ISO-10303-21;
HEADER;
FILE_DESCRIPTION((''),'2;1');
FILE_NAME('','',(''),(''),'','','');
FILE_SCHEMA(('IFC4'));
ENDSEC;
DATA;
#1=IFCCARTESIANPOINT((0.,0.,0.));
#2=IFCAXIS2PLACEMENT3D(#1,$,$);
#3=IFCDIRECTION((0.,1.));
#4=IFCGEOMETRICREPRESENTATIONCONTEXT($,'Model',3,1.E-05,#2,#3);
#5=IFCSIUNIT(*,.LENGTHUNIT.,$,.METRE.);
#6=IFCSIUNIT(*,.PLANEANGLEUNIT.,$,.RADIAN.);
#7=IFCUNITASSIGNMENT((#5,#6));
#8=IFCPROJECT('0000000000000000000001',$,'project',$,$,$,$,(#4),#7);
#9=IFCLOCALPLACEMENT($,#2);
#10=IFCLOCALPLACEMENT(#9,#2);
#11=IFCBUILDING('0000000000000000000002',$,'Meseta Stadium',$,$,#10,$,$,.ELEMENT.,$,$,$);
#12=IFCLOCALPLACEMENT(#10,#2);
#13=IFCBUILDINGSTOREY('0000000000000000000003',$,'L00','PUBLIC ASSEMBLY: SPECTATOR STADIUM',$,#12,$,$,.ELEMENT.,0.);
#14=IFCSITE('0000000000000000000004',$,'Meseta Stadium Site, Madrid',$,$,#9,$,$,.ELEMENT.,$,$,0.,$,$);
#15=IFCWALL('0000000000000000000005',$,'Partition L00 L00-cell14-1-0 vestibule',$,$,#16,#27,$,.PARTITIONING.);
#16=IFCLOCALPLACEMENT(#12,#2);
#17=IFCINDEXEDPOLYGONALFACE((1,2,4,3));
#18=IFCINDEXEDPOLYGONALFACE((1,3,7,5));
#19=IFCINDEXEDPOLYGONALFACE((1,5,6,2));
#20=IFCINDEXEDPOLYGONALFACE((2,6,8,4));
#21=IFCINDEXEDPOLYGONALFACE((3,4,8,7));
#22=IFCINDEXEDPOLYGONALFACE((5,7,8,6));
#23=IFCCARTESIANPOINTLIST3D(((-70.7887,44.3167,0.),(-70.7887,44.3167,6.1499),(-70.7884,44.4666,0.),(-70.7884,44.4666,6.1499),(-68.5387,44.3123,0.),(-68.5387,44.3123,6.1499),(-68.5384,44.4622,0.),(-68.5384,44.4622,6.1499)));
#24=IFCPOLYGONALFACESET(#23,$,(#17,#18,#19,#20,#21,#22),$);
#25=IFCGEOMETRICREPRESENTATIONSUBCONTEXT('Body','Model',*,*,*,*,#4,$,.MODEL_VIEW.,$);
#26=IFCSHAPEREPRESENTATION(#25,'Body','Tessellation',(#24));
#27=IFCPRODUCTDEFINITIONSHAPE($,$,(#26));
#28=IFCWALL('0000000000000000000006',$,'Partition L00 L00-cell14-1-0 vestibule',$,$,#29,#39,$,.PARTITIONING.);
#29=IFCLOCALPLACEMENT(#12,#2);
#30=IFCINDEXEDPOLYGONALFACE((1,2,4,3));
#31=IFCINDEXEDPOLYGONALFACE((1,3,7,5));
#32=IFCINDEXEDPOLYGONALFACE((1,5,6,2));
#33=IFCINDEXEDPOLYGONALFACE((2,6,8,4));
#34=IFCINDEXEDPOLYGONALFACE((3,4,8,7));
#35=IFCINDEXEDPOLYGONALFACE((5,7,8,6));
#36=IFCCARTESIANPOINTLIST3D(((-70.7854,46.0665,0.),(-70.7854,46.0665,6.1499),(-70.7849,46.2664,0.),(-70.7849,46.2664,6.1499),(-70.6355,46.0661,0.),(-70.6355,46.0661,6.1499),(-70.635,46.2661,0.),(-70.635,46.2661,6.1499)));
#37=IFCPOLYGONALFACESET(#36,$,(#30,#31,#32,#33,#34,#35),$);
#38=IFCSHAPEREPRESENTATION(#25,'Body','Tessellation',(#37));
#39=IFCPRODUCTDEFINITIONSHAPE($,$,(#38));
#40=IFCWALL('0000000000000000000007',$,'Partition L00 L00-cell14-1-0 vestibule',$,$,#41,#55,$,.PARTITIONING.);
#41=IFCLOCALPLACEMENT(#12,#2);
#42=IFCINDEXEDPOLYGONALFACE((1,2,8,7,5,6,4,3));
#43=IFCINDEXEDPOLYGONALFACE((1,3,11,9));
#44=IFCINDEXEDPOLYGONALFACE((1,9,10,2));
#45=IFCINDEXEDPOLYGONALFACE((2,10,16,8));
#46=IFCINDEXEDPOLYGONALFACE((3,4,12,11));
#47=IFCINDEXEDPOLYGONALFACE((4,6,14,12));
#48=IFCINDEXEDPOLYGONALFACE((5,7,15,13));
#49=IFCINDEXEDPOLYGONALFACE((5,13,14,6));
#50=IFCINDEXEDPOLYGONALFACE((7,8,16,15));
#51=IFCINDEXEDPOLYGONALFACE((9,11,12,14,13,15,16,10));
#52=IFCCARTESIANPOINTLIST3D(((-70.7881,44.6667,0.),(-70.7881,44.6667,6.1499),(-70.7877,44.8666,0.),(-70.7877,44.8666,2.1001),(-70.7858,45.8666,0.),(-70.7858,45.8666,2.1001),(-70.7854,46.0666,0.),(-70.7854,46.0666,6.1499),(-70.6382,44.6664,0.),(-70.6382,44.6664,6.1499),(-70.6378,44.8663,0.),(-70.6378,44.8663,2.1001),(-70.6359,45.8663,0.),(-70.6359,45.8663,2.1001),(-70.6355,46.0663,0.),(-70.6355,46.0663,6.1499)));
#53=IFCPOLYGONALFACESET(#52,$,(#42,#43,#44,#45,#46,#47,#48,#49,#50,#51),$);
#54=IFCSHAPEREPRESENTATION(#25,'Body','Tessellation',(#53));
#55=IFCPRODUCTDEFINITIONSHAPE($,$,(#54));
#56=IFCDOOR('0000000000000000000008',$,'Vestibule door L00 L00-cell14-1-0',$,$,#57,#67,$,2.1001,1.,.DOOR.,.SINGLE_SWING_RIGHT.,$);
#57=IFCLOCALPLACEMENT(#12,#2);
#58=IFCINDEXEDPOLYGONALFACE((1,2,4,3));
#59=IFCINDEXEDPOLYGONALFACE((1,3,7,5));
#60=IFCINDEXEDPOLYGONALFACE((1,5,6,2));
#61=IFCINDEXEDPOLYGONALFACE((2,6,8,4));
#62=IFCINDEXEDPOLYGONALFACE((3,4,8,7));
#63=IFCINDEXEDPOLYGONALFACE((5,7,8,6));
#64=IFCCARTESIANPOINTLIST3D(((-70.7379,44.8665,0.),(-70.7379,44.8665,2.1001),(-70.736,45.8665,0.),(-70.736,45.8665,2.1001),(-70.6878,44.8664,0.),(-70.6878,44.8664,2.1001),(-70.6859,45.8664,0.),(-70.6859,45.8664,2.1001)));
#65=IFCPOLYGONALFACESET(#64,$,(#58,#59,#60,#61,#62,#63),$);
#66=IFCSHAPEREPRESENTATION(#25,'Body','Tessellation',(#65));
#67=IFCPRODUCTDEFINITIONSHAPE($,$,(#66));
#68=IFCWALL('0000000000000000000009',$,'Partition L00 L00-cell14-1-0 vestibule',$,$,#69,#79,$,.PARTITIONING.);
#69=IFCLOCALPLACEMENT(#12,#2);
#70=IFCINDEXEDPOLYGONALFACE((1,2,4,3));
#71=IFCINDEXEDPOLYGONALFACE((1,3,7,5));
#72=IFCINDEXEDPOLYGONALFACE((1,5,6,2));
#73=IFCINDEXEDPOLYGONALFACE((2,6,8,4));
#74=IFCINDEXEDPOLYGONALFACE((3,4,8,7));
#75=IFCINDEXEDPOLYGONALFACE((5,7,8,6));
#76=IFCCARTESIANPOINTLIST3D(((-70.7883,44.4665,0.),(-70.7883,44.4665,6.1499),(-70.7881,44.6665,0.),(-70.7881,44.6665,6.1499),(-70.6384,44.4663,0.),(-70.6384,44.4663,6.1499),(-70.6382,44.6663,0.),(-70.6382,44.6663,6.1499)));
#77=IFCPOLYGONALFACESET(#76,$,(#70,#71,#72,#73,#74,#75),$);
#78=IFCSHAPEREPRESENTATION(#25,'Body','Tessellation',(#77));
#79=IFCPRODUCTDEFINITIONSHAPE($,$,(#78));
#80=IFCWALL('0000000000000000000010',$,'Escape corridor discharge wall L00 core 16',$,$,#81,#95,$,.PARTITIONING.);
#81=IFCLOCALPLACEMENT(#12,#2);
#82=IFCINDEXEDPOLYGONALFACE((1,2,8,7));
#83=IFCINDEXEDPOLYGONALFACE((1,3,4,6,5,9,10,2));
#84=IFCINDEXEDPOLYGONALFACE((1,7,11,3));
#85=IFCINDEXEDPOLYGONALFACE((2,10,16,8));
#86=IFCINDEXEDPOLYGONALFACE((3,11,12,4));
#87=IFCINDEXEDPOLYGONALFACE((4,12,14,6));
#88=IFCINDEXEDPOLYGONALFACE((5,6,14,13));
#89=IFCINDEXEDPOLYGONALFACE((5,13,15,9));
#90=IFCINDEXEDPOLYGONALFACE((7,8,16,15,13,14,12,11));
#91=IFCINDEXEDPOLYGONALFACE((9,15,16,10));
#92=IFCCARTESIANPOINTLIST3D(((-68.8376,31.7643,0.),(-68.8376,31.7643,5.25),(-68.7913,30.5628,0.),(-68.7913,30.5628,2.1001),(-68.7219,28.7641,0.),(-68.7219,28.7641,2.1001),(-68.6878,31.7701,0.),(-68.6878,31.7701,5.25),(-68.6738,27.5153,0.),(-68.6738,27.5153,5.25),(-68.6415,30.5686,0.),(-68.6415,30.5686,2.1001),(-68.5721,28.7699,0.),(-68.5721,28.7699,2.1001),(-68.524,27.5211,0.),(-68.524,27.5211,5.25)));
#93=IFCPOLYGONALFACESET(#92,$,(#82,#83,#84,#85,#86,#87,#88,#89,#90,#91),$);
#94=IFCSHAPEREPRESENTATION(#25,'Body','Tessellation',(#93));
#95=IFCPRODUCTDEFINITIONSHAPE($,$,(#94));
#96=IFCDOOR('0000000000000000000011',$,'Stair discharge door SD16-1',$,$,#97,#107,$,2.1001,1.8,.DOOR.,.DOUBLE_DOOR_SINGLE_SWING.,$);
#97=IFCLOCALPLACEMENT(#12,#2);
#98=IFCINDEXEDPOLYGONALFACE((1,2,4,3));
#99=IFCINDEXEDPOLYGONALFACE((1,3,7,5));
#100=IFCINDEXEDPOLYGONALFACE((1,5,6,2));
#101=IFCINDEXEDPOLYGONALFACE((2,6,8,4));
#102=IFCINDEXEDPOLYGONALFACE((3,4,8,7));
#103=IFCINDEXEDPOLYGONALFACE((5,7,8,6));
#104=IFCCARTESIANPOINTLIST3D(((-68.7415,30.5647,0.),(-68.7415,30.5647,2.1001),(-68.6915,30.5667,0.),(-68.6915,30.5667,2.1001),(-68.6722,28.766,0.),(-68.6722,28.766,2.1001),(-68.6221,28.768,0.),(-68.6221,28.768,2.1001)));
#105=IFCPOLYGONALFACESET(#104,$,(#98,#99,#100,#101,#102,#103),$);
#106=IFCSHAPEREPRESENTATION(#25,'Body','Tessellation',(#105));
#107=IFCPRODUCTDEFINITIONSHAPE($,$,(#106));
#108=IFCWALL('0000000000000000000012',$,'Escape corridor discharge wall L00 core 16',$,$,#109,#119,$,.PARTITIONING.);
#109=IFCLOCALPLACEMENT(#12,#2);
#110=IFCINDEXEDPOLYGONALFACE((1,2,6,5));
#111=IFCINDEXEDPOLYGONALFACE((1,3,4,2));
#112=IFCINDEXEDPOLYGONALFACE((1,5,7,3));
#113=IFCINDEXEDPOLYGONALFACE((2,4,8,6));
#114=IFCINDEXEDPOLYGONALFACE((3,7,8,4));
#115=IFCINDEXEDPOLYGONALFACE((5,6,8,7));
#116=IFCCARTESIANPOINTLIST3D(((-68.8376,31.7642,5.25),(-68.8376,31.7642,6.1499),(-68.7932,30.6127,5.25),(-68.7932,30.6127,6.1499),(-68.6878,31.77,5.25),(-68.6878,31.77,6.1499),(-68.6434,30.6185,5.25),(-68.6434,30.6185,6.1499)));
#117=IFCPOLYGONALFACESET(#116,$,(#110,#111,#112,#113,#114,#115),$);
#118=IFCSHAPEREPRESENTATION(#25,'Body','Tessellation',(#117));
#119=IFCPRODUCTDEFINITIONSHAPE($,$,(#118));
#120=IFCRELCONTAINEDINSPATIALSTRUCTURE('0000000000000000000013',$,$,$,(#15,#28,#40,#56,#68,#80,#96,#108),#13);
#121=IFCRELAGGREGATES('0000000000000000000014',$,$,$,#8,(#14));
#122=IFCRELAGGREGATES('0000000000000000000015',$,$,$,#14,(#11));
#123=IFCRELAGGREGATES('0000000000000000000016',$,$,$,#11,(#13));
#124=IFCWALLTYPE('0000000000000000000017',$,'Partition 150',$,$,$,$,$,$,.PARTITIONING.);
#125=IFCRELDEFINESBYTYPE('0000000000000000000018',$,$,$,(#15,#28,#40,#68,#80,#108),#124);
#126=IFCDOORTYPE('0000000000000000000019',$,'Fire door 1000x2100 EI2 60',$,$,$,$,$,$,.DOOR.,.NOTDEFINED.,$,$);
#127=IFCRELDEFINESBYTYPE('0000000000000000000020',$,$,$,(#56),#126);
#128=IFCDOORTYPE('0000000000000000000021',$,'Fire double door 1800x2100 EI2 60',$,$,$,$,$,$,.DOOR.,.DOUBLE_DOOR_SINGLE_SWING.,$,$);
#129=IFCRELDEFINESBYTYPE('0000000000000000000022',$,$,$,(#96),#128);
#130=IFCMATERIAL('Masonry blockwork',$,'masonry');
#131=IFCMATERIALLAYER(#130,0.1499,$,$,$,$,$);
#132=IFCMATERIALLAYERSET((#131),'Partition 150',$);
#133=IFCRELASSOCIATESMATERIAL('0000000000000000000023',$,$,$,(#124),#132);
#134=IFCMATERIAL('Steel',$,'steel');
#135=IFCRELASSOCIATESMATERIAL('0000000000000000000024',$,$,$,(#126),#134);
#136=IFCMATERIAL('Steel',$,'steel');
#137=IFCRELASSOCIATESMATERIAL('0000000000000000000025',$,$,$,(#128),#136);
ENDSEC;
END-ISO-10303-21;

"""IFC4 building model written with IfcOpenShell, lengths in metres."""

from ifc_helpers import new_model, si_unit, direction, frame, frame_2d, origin, place, context, subcontext, project, spatial, rectangle, extrude, material, layer, layer_set, type_object, element, fill, save


model = new_model("IFC4")

# Units and contexts
model_context = context("Model", 3, precision=1e-05, world=origin(), true_north=direction((0.0, 1.0)))
body_context = subcontext(model_context, "Body", "Model", "MODEL_VIEW")
ifc_project = project(units=[si_unit("LENGTHUNIT", "METRE"), si_unit("PLANEANGLEUNIT", "RADIAN")], contexts=[model_context])

# Site, building, storey
site_placement = place(None, origin())
site = spatial("IfcSite", under=ifc_project, at=site_placement, Name="Meseta Stadium Site, Madrid", CompositionType="ELEMENT", RefElevation=0.0)
building_placement = place(site_placement, origin())
building = spatial("IfcBuilding", under=site, at=building_placement, Name="Meseta Stadium", CompositionType="ELEMENT")
storey_placement = place(building_placement, origin())
storey = spatial("IfcBuildingStorey", under=building, at=storey_placement, Name="L00", Description="PUBLIC ASSEMBLY: SPECTATOR STADIUM", CompositionType="ELEMENT", Elevation=0.0)

# Shared definitions
ifc_material_1 = material(Name="Masonry blockwork", Category="masonry")
ifc_layer = layer(ifc_material_1, 0.1499)
ifc_layer_set = layer_set([ifc_layer], Name="Partition 150")
wall_type = type_object("IfcWallType", Name="Partition 150", PredefinedType="PARTITIONING", material=ifc_layer_set)

# Shared definitions
ifc_material_2 = material(Name="Steel", Category="steel")
door_type_1 = type_object("IfcDoorType", Name="Fire door 1000x2100 EI2 60", OperationType="NOTDEFINED", PredefinedType="DOOR", material=ifc_material_2)

# Walls
for number, where, z_axis, x_axis, name in (
    (1, (-68.5386, 44.3872, 0.0), (0.0, 0.0, 1.0), (-0.999998, 0.001953, 0.0), "Partition L00 L00-cell14-1-0 vestibule"),
):
    element("IfcWall", number, at=place(storey_placement, frame(where, z_axis=z_axis, x_axis=x_axis)), inside=storey, type_object=wall_type, Name=name, PredefinedType="PARTITIONING", context=body_context, shape_type="SweptSolid", body=[
        extrude(rectangle(XDim=2.25, YDim=0.1499, at=frame_2d((1.125, 0.0))), origin(), (0.0, 0.0, 1.0), 6.1499),
    ])
wall_1_placement = place(storey_placement, frame((-70.71, 46.2664, 0.0), z_axis=(0.0, 0.0, 1.0), x_axis=(-0.002442, -0.999997, 0.0)))
element("IfcWall", 2, at=wall_1_placement, inside=storey, type_object=wall_type, Name="Partition L00 L00-cell14-1-0 vestibule", PredefinedType="PARTITIONING", context=body_context, shape_type="SweptSolid", body=[
    extrude(rectangle(XDim=0.2, YDim=0.1499, at=frame_2d((0.1001, 0.0))), origin(), (0.0, 0.0, 1.0), 6.1499),
])

# Wall, opening, door
wall_2_placement = place(storey_placement, frame((-70.7104, 46.0664, 0.0), z_axis=(0.0, 0.0, 1.0), x_axis=(-0.001918, -0.999998, 0.0)))
wall_2 = element("IfcWall", 3, at=wall_2_placement, inside=storey, type_object=wall_type, Name="Partition L00 L00-cell14-1-0 vestibule", PredefinedType="PARTITIONING", context=body_context, shape_type="SweptSolid", body=[
    extrude(rectangle(XDim=1.3999, YDim=0.1499, at=frame_2d((0.7, 0.0))), origin(), (0.0, 0.0, 1.0), 6.1499),
])
opening_1_placement = place(wall_2_placement, frame((0.2, 0.0, 0.0)))
opening_1 = element("IfcOpeningElement", 4, at=opening_1_placement, cuts=wall_2, PredefinedType="OPENING", context=body_context, shape_type="SweptSolid", body=[
    extrude(rectangle(XDim=1.0, YDim=2.1001, at=frame_2d((0.5, 1.05))), frame((0.0, 0.085, 0.0), z_axis=(0.0, -1.0, 0.0), x_axis=(1.0, 0.0, 0.0)), (0.0, 0.0, 1.0), 0.1699),
])
door_1_placement = place(opening_1_placement, origin())
door_1 = element("IfcDoor", 5, at=door_1_placement, inside=storey, type_object=door_type_1, Name="Vestibule door L00 L00-cell14-1-0", OperationType="SINGLE_SWING_RIGHT", OverallHeight=2.1001, OverallWidth=1.0, PredefinedType="DOOR", context=body_context, shape_type="SweptSolid", body=[
    extrude(rectangle(XDim=1.0, YDim=2.1001, at=frame_2d((0.5, 1.05))), frame((0.0, 0.0249, 0.0), z_axis=(0.0, -1.0, 0.0), x_axis=(1.0, 0.0, 0.0)), (0.0, 0.0, 1.0), 0.05),
])
fill(opening_1, door_1)

# Wall
wall_3_placement = place(storey_placement, frame((-70.7131, 44.6665, 0.0), z_axis=(0.0, 0.0, 1.0), x_axis=(-0.001221, -0.999999, 0.0)))
element("IfcWall", 6, at=wall_3_placement, inside=storey, type_object=wall_type, Name="Partition L00 L00-cell14-1-0 vestibule", PredefinedType="PARTITIONING", context=body_context, shape_type="SweptSolid", body=[
    extrude(rectangle(XDim=0.2, YDim=0.1499, at=frame_2d((0.1001, 0.0))), origin(), (0.0, 0.0, 1.0), 6.1499),
])

# Wall, opening, door
wall_4_placement = place(storey_placement, frame((-68.7627, 31.7671, 0.0), z_axis=(0.0, 0.0, 1.0), x_axis=(0.038526, -0.999258, 0.0)))
wall_4 = element("IfcWall", 7, at=wall_4_placement, inside=storey, type_object=wall_type, Name="Escape corridor discharge wall L00 core 16", PredefinedType="PARTITIONING", context=body_context, shape_type="SweptSolid", body=[
    extrude(rectangle(XDim=4.2522, YDim=0.1499, at=frame_2d((2.126, 0.0))), origin(), (0.0, 0.0, 1.0), 5.25),
])
opening_2_placement = place(wall_4_placement, frame((1.2024, 0.0, 0.0)))
opening_2 = element("IfcOpeningElement", 8, at=opening_2_placement, cuts=wall_4, PredefinedType="OPENING", context=body_context, shape_type="SweptSolid", body=[
    extrude(rectangle(XDim=1.8, YDim=2.1001, at=frame_2d((0.8999, 1.05))), frame((0.0, 0.085, 0.0), z_axis=(0.0, -1.0, 0.0), x_axis=(1.0, 0.0, 0.0)), (0.0, 0.0, 1.0), 0.1699),
])
ifc_material_3 = material(Name="Steel", Category="steel")
door_type_2 = type_object("IfcDoorType", Name="Fire double door 1800x2100 EI2 60", OperationType="DOUBLE_DOOR_SINGLE_SWING", PredefinedType="DOOR", material=ifc_material_3)
door_2_placement = place(opening_2_placement, origin())
door_2 = element("IfcDoor", 9, at=door_2_placement, inside=storey, type_object=door_type_2, Name="Stair discharge door SD16-1", OperationType="DOUBLE_DOOR_SINGLE_SWING", OverallHeight=2.1001, OverallWidth=1.8, PredefinedType="DOOR", context=body_context, shape_type="SweptSolid", body=[
    extrude(rectangle(XDim=1.8, YDim=2.1001, at=frame_2d((0.8999, 1.05))), frame((0.0, 0.0249, 0.0), z_axis=(0.0, -1.0, 0.0), x_axis=(1.0, 0.0, 0.0)), (0.0, 0.0, 1.0), 0.05),
])
fill(opening_2, door_2)

# Wall
wall_5_placement = place(storey_placement, frame((-68.7627, 31.7671, 5.25), z_axis=(0.0, 0.0, 1.0), x_axis=(0.038563, -0.999256, 0.0)))
element("IfcWall", 10, at=wall_5_placement, inside=storey, type_object=wall_type, Name="Escape corridor discharge wall L00 core 16", PredefinedType="PARTITIONING", context=body_context, shape_type="SweptSolid", body=[
    extrude(rectangle(XDim=1.1523, YDim=0.1499, at=frame_2d((0.5762, 0.0))), origin(), (0.0, 0.0, 1.0), 0.8999),
])

save(model, "model.ifc")
